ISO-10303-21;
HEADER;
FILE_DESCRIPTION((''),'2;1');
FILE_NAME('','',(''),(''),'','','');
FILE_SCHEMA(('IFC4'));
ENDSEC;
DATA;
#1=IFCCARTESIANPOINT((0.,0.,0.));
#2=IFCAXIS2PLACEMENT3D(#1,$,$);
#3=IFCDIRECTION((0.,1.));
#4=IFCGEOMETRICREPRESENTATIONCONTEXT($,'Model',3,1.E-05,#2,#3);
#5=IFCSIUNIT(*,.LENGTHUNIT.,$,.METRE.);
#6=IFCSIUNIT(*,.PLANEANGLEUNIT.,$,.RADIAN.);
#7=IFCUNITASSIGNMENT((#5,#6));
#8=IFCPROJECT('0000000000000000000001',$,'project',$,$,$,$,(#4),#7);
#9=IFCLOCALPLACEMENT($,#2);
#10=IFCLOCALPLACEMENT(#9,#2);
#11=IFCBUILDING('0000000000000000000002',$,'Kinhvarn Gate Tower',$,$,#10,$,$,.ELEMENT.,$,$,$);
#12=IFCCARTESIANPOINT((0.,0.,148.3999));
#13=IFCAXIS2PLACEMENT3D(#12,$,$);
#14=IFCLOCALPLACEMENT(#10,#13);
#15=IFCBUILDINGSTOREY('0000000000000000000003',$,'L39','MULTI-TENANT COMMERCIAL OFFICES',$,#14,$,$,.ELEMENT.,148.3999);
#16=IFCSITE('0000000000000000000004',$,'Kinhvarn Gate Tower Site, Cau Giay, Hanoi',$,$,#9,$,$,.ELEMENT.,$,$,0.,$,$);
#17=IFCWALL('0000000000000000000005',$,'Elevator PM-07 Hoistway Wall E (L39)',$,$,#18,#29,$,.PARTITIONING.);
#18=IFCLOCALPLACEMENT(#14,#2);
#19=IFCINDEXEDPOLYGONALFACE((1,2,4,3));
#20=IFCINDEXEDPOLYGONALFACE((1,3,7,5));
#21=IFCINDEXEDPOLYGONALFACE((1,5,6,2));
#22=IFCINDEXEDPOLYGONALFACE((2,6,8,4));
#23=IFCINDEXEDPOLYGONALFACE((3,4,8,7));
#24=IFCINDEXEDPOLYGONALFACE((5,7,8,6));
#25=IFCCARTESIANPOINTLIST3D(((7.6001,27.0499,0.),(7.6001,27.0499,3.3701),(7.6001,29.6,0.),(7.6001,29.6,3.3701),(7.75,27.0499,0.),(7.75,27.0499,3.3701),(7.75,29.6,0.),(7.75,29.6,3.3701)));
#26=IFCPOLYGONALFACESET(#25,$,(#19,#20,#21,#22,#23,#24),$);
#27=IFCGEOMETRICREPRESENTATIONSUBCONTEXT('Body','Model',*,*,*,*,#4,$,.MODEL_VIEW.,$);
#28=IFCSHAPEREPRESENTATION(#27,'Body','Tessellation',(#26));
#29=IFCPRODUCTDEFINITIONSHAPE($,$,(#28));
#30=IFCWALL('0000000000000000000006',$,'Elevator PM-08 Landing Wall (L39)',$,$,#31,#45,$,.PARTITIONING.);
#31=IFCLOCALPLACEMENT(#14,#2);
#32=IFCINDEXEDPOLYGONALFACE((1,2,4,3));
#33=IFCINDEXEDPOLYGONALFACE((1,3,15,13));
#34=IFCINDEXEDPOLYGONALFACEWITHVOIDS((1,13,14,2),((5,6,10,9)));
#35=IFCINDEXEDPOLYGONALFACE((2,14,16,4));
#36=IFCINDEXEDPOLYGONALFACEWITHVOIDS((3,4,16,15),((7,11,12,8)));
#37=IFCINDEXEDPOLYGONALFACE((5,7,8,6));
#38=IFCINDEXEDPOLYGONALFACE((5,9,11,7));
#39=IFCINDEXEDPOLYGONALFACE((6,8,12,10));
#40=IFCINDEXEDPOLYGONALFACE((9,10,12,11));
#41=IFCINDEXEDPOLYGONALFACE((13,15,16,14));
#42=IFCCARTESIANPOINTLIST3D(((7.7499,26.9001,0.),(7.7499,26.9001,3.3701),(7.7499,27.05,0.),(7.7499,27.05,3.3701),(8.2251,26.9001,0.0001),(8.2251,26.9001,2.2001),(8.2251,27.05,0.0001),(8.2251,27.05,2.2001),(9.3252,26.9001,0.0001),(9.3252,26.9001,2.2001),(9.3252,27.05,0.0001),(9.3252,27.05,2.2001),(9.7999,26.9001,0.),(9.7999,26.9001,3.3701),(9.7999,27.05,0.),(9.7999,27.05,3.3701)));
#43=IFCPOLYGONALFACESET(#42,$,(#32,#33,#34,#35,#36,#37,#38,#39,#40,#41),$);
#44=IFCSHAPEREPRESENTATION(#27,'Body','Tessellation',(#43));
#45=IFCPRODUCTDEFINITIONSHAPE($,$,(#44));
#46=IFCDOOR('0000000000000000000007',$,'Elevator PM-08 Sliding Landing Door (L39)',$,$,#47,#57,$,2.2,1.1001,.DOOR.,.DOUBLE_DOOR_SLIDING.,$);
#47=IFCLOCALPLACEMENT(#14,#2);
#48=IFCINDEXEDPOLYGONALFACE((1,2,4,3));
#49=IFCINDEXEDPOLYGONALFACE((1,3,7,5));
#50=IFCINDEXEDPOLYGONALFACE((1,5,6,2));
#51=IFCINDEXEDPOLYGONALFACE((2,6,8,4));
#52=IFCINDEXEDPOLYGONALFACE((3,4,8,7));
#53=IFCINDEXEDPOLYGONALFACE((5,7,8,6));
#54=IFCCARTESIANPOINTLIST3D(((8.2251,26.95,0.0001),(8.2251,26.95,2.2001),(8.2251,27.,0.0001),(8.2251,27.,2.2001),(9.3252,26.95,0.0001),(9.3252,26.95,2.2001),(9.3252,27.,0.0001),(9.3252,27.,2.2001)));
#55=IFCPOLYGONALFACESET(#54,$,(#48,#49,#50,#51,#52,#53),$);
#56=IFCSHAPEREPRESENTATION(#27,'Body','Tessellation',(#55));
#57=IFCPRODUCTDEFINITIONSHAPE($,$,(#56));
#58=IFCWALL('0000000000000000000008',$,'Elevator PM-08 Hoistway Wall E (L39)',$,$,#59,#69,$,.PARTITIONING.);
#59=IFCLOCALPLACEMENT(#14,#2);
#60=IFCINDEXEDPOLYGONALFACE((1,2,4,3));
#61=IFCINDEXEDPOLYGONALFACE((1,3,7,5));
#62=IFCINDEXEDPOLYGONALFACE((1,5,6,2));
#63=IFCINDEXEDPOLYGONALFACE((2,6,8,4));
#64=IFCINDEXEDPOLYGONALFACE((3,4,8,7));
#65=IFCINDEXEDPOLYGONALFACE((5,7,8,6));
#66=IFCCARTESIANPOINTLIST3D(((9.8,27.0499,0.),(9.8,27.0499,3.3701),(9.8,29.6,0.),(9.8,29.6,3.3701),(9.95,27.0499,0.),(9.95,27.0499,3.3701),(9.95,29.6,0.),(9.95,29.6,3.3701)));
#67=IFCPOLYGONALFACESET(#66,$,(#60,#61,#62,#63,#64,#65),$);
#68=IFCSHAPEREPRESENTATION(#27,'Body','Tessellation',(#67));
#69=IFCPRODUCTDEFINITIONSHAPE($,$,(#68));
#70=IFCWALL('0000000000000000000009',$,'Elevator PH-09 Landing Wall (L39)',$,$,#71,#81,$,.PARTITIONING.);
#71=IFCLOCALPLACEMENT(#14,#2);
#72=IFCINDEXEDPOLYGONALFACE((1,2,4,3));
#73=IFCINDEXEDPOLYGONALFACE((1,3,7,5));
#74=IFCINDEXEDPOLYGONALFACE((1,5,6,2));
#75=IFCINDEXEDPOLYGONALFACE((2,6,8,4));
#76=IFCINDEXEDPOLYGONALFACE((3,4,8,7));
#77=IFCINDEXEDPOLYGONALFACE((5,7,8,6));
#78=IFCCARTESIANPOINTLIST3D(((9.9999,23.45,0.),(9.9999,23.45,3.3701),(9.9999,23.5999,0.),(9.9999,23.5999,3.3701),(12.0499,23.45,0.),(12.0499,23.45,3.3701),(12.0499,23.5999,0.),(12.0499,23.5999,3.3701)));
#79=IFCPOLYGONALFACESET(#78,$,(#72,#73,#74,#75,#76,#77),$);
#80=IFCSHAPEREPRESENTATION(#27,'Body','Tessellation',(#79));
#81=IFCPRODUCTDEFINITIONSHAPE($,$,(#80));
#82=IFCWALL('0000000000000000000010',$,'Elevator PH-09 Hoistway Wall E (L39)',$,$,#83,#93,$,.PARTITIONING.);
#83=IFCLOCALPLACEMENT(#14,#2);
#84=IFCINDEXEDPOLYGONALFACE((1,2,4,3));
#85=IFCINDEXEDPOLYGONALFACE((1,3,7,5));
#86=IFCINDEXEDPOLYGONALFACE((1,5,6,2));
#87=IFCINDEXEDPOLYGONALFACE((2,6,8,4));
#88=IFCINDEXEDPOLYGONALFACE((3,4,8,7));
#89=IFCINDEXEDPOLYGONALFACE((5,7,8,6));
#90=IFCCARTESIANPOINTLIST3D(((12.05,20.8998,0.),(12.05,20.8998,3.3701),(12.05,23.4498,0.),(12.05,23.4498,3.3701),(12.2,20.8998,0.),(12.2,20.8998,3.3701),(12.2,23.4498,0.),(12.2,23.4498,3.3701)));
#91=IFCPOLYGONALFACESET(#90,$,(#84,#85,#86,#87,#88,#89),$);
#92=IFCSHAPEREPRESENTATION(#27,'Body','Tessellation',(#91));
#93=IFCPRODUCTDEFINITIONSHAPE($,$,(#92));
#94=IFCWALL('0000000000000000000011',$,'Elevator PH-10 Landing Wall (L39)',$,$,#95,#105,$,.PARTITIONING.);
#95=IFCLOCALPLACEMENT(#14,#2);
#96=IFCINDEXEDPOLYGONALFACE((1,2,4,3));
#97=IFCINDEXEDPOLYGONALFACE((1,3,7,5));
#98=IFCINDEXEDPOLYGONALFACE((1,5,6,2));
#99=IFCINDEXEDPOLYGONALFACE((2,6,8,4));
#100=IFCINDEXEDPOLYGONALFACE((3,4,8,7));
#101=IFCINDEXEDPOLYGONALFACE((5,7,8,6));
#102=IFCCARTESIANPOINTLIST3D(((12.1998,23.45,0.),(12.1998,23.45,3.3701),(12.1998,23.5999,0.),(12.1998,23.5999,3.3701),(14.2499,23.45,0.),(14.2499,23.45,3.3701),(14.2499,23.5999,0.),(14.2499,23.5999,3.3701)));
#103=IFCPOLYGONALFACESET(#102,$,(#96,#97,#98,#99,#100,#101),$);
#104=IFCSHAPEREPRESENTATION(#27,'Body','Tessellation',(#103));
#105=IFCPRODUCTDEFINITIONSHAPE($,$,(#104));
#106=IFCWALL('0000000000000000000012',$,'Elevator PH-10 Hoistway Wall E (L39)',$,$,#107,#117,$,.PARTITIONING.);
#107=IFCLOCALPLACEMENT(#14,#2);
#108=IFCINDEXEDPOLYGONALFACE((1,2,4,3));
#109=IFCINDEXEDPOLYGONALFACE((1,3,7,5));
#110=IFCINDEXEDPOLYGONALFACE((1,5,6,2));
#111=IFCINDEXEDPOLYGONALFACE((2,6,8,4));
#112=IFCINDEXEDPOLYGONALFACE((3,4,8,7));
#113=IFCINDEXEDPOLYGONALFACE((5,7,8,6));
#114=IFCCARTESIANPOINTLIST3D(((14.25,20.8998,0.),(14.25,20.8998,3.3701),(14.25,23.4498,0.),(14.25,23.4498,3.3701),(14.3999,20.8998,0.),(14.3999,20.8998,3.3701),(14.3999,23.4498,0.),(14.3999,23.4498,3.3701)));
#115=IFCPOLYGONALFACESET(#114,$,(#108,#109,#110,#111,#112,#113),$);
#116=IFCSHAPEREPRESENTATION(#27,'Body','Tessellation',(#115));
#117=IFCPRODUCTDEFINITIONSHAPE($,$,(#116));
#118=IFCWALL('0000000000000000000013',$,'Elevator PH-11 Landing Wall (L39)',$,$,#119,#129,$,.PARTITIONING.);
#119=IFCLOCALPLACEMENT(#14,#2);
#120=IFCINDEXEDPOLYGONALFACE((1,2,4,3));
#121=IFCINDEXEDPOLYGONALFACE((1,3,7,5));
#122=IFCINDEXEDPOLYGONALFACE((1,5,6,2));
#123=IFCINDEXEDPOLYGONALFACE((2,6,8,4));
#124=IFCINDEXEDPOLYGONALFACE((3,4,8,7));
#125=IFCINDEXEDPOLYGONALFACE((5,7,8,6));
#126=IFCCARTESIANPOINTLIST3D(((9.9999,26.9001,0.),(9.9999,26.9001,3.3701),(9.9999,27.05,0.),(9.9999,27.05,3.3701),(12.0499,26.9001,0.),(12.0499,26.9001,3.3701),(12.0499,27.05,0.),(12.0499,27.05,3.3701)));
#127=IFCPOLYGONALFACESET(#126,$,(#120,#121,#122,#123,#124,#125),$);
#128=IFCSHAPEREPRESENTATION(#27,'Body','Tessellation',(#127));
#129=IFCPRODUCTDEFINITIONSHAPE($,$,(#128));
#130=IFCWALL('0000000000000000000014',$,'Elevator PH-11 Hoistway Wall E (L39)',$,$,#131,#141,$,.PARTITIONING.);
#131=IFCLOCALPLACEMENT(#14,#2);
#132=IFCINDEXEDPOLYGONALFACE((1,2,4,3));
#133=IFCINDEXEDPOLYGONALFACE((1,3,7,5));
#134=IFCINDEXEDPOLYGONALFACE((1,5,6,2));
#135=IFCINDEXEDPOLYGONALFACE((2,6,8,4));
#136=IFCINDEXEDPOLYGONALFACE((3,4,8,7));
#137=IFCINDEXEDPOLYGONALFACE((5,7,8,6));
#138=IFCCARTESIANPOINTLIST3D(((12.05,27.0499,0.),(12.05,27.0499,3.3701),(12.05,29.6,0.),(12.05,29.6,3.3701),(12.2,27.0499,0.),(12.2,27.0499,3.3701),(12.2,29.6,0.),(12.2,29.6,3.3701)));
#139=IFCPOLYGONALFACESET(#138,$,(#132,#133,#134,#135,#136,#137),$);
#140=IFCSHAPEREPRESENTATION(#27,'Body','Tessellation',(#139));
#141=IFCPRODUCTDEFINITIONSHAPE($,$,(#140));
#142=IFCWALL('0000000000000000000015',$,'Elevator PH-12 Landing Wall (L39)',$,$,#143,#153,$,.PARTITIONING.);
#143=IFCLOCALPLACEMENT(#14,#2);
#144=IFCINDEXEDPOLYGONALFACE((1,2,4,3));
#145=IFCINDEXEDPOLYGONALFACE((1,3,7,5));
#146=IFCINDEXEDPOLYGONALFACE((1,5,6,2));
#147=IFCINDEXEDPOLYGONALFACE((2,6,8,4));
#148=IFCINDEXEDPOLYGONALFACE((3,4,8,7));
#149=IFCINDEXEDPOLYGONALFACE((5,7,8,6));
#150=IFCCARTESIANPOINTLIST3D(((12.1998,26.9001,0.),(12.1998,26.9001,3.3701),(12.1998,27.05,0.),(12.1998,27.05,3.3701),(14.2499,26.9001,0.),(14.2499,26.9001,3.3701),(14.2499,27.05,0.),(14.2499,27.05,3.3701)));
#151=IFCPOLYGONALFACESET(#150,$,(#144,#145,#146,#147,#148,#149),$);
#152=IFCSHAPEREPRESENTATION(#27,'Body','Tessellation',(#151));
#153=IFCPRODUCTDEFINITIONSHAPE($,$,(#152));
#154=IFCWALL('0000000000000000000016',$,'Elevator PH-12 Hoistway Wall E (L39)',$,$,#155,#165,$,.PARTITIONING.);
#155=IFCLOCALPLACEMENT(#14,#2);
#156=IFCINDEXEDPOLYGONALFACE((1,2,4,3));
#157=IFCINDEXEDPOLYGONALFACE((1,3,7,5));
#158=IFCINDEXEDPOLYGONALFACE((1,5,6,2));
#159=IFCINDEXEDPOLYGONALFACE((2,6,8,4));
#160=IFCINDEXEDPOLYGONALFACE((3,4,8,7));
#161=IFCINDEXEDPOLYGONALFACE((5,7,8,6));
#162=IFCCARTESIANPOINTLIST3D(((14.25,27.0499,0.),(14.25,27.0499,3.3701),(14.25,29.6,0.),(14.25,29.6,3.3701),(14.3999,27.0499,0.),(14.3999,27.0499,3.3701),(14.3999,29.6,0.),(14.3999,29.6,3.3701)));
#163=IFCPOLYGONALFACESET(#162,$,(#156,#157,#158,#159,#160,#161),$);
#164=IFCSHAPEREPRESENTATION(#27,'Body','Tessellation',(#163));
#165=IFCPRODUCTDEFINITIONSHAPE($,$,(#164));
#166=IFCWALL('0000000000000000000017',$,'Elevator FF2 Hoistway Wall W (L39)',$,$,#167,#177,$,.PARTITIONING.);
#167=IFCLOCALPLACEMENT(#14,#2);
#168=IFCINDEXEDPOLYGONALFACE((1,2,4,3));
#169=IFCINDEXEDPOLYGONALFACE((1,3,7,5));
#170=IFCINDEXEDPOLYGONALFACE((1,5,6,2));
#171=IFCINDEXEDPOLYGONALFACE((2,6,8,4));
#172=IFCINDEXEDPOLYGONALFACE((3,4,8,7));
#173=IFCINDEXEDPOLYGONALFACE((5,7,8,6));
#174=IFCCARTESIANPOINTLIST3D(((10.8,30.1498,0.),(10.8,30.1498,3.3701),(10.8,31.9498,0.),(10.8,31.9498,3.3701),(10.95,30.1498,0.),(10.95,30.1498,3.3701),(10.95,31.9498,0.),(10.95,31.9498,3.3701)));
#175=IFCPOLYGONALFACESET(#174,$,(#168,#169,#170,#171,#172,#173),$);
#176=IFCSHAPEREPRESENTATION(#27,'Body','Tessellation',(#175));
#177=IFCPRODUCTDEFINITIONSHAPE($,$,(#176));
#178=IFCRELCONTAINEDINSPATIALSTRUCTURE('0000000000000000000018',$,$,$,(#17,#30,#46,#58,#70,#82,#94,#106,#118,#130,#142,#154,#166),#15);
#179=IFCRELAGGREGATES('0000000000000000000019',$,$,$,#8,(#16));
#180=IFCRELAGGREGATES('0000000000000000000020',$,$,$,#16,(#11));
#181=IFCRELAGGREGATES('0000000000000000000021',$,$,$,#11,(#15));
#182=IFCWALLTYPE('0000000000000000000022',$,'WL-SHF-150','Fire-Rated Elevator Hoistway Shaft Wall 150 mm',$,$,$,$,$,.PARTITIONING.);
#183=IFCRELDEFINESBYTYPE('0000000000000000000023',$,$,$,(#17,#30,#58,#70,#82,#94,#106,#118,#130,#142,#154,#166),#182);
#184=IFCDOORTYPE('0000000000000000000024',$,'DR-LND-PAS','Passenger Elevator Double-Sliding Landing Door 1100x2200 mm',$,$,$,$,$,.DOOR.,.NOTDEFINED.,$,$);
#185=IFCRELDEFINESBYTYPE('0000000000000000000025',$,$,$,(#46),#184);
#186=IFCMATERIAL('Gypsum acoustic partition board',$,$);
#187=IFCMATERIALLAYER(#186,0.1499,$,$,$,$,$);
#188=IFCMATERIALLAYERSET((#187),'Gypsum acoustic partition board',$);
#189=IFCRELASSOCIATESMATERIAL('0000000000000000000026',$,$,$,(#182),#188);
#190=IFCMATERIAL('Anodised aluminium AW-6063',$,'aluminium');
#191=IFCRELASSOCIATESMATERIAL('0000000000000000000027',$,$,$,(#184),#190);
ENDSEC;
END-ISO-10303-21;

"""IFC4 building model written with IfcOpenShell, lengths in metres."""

from ifc_helpers import new_model, si_unit, direction, frame, frame_2d, origin, place, context, subcontext, project, spatial, rectangle, extrude, material, layer, layer_set, type_object, element, fill, save


model = new_model("IFC4")

# Units and contexts
model_context = context("Model", 3, precision=1e-05, world=origin(), true_north=direction((0.0, 1.0)))
body_context = subcontext(model_context, "Body", "Model", "MODEL_VIEW")
ifc_project = project(units=[si_unit("LENGTHUNIT", "METRE"), si_unit("PLANEANGLEUNIT", "RADIAN")], contexts=[model_context])

# Site, building, storey
site_placement = place(None, origin())
site = spatial("IfcSite", under=ifc_project, at=site_placement, Name="Kinhvarn Gate Tower Site, Cau Giay, Hanoi", CompositionType="ELEMENT", RefElevation=0.0)
building_placement = place(site_placement, origin())
building = spatial("IfcBuilding", under=site, at=building_placement, Name="Kinhvarn Gate Tower", CompositionType="ELEMENT")
storey_placement = place(building_placement, frame((0.0, 0.0, 148.3999)))
storey = spatial("IfcBuildingStorey", under=building, at=storey_placement, Name="L39", Description="MULTI-TENANT COMMERCIAL OFFICES", CompositionType="ELEMENT", Elevation=148.3999)

# Shared definitions
ifc_material_1 = material(Name="Gypsum acoustic partition board")

# Shared definitions
ifc_layer_1 = layer(ifc_material_1, 0.1499)
ifc_layer_set_1 = layer_set([ifc_layer_1], Name="Gypsum acoustic partition board")
wall_type_1 = type_object("IfcWallType", Name="WL-SHF-150", Description="Fire-Rated Elevator Hoistway Shaft Wall 150 mm", PredefinedType="PARTITIONING", material=ifc_layer_set_1)
ifc_material_2 = material(Name="Anodised aluminium AW-6063", Category="aluminium")
door_type_1 = type_object("IfcDoorType", Name="DR-LND-PAS", Description="Passenger Elevator Double-Sliding Landing Door 1100x2200 mm", OperationType="NOTDEFINED", PredefinedType="DOOR", material=ifc_material_2)

# Wall
for number, where, z_axis, x_axis, name in (
    (1, (7.675, 27.05, 0.0), (0.0, 0.0, 1.0), (0.0, 1.0, 0.0), "Elevator PM-07 Hoistway Wall E (L39)"),
):
    element("IfcWall", number, at=place(storey_placement, frame(where, z_axis=z_axis, x_axis=x_axis)), inside=storey, type_object=wall_type_1, Name=name, PredefinedType="PARTITIONING", context=body_context, shape_type="SweptSolid", body=[
        extrude(rectangle(XDim=2.55, YDim=0.1499, at=frame_2d((1.2749, 0.0))), origin(), (0.0, 0.0, 1.0), 3.3701),
    ])

# Wall, opening, door
wall_1_placement = place(storey_placement, frame((7.75, 26.9751, 0.0), z_axis=(0.0, 0.0, 1.0), x_axis=(1.0, 0.0, 0.0)))
wall_1 = element("IfcWall", 2, at=wall_1_placement, inside=storey, type_object=wall_type_1, Name="Elevator PM-08 Landing Wall (L39)", PredefinedType="PARTITIONING", context=body_context, shape_type="SweptSolid", body=[
    extrude(rectangle(XDim=2.05, YDim=0.1499, at=frame_2d((1.0249, 0.0))), origin(), (0.0, 0.0, 1.0), 3.3701),
])
opening_1_placement = place(wall_1_placement, frame((0.4751, 0.0, 0.0)))
opening_1 = element("IfcOpeningElement", 3, at=opening_1_placement, cuts=wall_1, PredefinedType="OPENING", context=body_context, shape_type="SweptSolid", body=[
    extrude(rectangle(XDim=1.1001, YDim=2.2, at=frame_2d((0.55, 1.1001))), frame((0.0, 0.085, 0.0), z_axis=(0.0, -1.0, 0.0), x_axis=(1.0, 0.0, 0.0)), (0.0, 0.0, 1.0), 0.1699),
])
door_1_placement = place(opening_1_placement, origin())
door_1 = element("IfcDoor", 4, at=door_1_placement, inside=storey, type_object=door_type_1, Name="Elevator PM-08 Sliding Landing Door (L39)", OperationType="DOUBLE_DOOR_SLIDING", OverallHeight=2.2, OverallWidth=1.1001, PredefinedType="DOOR", context=body_context, shape_type="SweptSolid", body=[
    extrude(rectangle(XDim=1.1001, YDim=2.2, at=frame_2d((0.55, 1.1001))), frame((0.0, 0.0249, 0.0), z_axis=(0.0, -1.0, 0.0), x_axis=(1.0, 0.0, 0.0)), (0.0, 0.0, 1.0), 0.05),
])
fill(opening_1, door_1)

# Walls
wall_2_placement = place(storey_placement, frame((9.875, 27.05, 0.0), z_axis=(0.0, 0.0, 1.0), x_axis=(0.0, 1.0, 0.0)))
element("IfcWall", 5, at=wall_2_placement, inside=storey, type_object=wall_type_1, Name="Elevator PM-08 Hoistway Wall E (L39)", PredefinedType="PARTITIONING", context=body_context, shape_type="SweptSolid", body=[
    extrude(rectangle(XDim=2.55, YDim=0.1499, at=frame_2d((1.2749, 0.0))), origin(), (0.0, 0.0, 1.0), 3.3701),
])
wall_3_placement = place(storey_placement, frame((10.0, 23.5249, 0.0), z_axis=(0.0, 0.0, 1.0), x_axis=(1.0, 0.0, 0.0)))
element("IfcWall", 6, at=wall_3_placement, inside=storey, type_object=wall_type_1, Name="Elevator PH-09 Landing Wall (L39)", PredefinedType="PARTITIONING", context=body_context, shape_type="SweptSolid", body=[
    extrude(rectangle(XDim=2.05, YDim=0.1499, at=frame_2d((1.0249, 0.0))), origin(), (0.0, 0.0, 1.0), 3.3701),
])
wall_4_placement = place(storey_placement, frame((12.125, 20.8999, 0.0), z_axis=(0.0, 0.0, 1.0), x_axis=(0.0, 1.0, 0.0)))
element("IfcWall", 7, at=wall_4_placement, inside=storey, type_object=wall_type_1, Name="Elevator PH-09 Hoistway Wall E (L39)", PredefinedType="PARTITIONING", context=body_context, shape_type="SweptSolid", body=[
    extrude(rectangle(XDim=2.55, YDim=0.1499, at=frame_2d((1.2749, 0.0))), origin(), (0.0, 0.0, 1.0), 3.3701),
])
wall_5_placement = place(storey_placement, frame((12.2, 23.5249, 0.0), z_axis=(0.0, 0.0, 1.0), x_axis=(1.0, 0.0, 0.0)))
element("IfcWall", 8, at=wall_5_placement, inside=storey, type_object=wall_type_1, Name="Elevator PH-10 Landing Wall (L39)", PredefinedType="PARTITIONING", context=body_context, shape_type="SweptSolid", body=[
    extrude(rectangle(XDim=2.05, YDim=0.1499, at=frame_2d((1.0249, 0.0))), origin(), (0.0, 0.0, 1.0), 3.3701),
])
wall_6_placement = place(storey_placement, frame((14.325, 20.8999, 0.0), z_axis=(0.0, 0.0, 1.0), x_axis=(0.0, 1.0, 0.0)))
element("IfcWall", 9, at=wall_6_placement, inside=storey, type_object=wall_type_1, Name="Elevator PH-10 Hoistway Wall E (L39)", PredefinedType="PARTITIONING", context=body_context, shape_type="SweptSolid", body=[
    extrude(rectangle(XDim=2.55, YDim=0.1499, at=frame_2d((1.2749, 0.0))), origin(), (0.0, 0.0, 1.0), 3.3701),
])
wall_7_placement = place(storey_placement, frame((10.0, 26.9751, 0.0), z_axis=(0.0, 0.0, 1.0), x_axis=(1.0, 0.0, 0.0)))
element("IfcWall", 10, at=wall_7_placement, inside=storey, type_object=wall_type_1, Name="Elevator PH-11 Landing Wall (L39)", PredefinedType="PARTITIONING", context=body_context, shape_type="SweptSolid", body=[
    extrude(rectangle(XDim=2.05, YDim=0.1499, at=frame_2d((1.0249, 0.0))), origin(), (0.0, 0.0, 1.0), 3.3701),
])
wall_8_placement = place(storey_placement, frame((12.125, 27.05, 0.0), z_axis=(0.0, 0.0, 1.0), x_axis=(0.0, 1.0, 0.0)))
element("IfcWall", 11, at=wall_8_placement, inside=storey, type_object=wall_type_1, Name="Elevator PH-11 Hoistway Wall E (L39)", PredefinedType="PARTITIONING", context=body_context, shape_type="SweptSolid", body=[
    extrude(rectangle(XDim=2.55, YDim=0.1499, at=frame_2d((1.2749, 0.0))), origin(), (0.0, 0.0, 1.0), 3.3701),
])
wall_9_placement = place(storey_placement, frame((12.2, 26.9751, 0.0), z_axis=(0.0, 0.0, 1.0), x_axis=(1.0, 0.0, 0.0)))
element("IfcWall", 12, at=wall_9_placement, inside=storey, type_object=wall_type_1, Name="Elevator PH-12 Landing Wall (L39)", PredefinedType="PARTITIONING", context=body_context, shape_type="SweptSolid", body=[
    extrude(rectangle(XDim=2.05, YDim=0.1499, at=frame_2d((1.0249, 0.0))), origin(), (0.0, 0.0, 1.0), 3.3701),
])
wall_10_placement = place(storey_placement, frame((14.325, 27.05, 0.0), z_axis=(0.0, 0.0, 1.0), x_axis=(0.0, 1.0, 0.0)))
element("IfcWall", 13, at=wall_10_placement, inside=storey, type_object=wall_type_1, Name="Elevator PH-12 Hoistway Wall E (L39)", PredefinedType="PARTITIONING", context=body_context, shape_type="SweptSolid", body=[
    extrude(rectangle(XDim=2.55, YDim=0.1499, at=frame_2d((1.2749, 0.0))), origin(), (0.0, 0.0, 1.0), 3.3701),
])
wall_11_placement = place(storey_placement, frame((10.875, 30.1499, 0.0), z_axis=(0.0, 0.0, 1.0), x_axis=(0.0, 1.0, 0.0)))
element("IfcWall", 14, at=wall_11_placement, inside=storey, type_object=wall_type_1, Name="Elevator FF2 Hoistway Wall W (L39)", PredefinedType="PARTITIONING", context=body_context, shape_type="SweptSolid", body=[
    extrude(rectangle(XDim=1.8, YDim=0.1499, at=frame_2d((0.8999, 0.0))), origin(), (0.0, 0.0, 1.0), 3.3701),
])

save(model, "model.ifc")
